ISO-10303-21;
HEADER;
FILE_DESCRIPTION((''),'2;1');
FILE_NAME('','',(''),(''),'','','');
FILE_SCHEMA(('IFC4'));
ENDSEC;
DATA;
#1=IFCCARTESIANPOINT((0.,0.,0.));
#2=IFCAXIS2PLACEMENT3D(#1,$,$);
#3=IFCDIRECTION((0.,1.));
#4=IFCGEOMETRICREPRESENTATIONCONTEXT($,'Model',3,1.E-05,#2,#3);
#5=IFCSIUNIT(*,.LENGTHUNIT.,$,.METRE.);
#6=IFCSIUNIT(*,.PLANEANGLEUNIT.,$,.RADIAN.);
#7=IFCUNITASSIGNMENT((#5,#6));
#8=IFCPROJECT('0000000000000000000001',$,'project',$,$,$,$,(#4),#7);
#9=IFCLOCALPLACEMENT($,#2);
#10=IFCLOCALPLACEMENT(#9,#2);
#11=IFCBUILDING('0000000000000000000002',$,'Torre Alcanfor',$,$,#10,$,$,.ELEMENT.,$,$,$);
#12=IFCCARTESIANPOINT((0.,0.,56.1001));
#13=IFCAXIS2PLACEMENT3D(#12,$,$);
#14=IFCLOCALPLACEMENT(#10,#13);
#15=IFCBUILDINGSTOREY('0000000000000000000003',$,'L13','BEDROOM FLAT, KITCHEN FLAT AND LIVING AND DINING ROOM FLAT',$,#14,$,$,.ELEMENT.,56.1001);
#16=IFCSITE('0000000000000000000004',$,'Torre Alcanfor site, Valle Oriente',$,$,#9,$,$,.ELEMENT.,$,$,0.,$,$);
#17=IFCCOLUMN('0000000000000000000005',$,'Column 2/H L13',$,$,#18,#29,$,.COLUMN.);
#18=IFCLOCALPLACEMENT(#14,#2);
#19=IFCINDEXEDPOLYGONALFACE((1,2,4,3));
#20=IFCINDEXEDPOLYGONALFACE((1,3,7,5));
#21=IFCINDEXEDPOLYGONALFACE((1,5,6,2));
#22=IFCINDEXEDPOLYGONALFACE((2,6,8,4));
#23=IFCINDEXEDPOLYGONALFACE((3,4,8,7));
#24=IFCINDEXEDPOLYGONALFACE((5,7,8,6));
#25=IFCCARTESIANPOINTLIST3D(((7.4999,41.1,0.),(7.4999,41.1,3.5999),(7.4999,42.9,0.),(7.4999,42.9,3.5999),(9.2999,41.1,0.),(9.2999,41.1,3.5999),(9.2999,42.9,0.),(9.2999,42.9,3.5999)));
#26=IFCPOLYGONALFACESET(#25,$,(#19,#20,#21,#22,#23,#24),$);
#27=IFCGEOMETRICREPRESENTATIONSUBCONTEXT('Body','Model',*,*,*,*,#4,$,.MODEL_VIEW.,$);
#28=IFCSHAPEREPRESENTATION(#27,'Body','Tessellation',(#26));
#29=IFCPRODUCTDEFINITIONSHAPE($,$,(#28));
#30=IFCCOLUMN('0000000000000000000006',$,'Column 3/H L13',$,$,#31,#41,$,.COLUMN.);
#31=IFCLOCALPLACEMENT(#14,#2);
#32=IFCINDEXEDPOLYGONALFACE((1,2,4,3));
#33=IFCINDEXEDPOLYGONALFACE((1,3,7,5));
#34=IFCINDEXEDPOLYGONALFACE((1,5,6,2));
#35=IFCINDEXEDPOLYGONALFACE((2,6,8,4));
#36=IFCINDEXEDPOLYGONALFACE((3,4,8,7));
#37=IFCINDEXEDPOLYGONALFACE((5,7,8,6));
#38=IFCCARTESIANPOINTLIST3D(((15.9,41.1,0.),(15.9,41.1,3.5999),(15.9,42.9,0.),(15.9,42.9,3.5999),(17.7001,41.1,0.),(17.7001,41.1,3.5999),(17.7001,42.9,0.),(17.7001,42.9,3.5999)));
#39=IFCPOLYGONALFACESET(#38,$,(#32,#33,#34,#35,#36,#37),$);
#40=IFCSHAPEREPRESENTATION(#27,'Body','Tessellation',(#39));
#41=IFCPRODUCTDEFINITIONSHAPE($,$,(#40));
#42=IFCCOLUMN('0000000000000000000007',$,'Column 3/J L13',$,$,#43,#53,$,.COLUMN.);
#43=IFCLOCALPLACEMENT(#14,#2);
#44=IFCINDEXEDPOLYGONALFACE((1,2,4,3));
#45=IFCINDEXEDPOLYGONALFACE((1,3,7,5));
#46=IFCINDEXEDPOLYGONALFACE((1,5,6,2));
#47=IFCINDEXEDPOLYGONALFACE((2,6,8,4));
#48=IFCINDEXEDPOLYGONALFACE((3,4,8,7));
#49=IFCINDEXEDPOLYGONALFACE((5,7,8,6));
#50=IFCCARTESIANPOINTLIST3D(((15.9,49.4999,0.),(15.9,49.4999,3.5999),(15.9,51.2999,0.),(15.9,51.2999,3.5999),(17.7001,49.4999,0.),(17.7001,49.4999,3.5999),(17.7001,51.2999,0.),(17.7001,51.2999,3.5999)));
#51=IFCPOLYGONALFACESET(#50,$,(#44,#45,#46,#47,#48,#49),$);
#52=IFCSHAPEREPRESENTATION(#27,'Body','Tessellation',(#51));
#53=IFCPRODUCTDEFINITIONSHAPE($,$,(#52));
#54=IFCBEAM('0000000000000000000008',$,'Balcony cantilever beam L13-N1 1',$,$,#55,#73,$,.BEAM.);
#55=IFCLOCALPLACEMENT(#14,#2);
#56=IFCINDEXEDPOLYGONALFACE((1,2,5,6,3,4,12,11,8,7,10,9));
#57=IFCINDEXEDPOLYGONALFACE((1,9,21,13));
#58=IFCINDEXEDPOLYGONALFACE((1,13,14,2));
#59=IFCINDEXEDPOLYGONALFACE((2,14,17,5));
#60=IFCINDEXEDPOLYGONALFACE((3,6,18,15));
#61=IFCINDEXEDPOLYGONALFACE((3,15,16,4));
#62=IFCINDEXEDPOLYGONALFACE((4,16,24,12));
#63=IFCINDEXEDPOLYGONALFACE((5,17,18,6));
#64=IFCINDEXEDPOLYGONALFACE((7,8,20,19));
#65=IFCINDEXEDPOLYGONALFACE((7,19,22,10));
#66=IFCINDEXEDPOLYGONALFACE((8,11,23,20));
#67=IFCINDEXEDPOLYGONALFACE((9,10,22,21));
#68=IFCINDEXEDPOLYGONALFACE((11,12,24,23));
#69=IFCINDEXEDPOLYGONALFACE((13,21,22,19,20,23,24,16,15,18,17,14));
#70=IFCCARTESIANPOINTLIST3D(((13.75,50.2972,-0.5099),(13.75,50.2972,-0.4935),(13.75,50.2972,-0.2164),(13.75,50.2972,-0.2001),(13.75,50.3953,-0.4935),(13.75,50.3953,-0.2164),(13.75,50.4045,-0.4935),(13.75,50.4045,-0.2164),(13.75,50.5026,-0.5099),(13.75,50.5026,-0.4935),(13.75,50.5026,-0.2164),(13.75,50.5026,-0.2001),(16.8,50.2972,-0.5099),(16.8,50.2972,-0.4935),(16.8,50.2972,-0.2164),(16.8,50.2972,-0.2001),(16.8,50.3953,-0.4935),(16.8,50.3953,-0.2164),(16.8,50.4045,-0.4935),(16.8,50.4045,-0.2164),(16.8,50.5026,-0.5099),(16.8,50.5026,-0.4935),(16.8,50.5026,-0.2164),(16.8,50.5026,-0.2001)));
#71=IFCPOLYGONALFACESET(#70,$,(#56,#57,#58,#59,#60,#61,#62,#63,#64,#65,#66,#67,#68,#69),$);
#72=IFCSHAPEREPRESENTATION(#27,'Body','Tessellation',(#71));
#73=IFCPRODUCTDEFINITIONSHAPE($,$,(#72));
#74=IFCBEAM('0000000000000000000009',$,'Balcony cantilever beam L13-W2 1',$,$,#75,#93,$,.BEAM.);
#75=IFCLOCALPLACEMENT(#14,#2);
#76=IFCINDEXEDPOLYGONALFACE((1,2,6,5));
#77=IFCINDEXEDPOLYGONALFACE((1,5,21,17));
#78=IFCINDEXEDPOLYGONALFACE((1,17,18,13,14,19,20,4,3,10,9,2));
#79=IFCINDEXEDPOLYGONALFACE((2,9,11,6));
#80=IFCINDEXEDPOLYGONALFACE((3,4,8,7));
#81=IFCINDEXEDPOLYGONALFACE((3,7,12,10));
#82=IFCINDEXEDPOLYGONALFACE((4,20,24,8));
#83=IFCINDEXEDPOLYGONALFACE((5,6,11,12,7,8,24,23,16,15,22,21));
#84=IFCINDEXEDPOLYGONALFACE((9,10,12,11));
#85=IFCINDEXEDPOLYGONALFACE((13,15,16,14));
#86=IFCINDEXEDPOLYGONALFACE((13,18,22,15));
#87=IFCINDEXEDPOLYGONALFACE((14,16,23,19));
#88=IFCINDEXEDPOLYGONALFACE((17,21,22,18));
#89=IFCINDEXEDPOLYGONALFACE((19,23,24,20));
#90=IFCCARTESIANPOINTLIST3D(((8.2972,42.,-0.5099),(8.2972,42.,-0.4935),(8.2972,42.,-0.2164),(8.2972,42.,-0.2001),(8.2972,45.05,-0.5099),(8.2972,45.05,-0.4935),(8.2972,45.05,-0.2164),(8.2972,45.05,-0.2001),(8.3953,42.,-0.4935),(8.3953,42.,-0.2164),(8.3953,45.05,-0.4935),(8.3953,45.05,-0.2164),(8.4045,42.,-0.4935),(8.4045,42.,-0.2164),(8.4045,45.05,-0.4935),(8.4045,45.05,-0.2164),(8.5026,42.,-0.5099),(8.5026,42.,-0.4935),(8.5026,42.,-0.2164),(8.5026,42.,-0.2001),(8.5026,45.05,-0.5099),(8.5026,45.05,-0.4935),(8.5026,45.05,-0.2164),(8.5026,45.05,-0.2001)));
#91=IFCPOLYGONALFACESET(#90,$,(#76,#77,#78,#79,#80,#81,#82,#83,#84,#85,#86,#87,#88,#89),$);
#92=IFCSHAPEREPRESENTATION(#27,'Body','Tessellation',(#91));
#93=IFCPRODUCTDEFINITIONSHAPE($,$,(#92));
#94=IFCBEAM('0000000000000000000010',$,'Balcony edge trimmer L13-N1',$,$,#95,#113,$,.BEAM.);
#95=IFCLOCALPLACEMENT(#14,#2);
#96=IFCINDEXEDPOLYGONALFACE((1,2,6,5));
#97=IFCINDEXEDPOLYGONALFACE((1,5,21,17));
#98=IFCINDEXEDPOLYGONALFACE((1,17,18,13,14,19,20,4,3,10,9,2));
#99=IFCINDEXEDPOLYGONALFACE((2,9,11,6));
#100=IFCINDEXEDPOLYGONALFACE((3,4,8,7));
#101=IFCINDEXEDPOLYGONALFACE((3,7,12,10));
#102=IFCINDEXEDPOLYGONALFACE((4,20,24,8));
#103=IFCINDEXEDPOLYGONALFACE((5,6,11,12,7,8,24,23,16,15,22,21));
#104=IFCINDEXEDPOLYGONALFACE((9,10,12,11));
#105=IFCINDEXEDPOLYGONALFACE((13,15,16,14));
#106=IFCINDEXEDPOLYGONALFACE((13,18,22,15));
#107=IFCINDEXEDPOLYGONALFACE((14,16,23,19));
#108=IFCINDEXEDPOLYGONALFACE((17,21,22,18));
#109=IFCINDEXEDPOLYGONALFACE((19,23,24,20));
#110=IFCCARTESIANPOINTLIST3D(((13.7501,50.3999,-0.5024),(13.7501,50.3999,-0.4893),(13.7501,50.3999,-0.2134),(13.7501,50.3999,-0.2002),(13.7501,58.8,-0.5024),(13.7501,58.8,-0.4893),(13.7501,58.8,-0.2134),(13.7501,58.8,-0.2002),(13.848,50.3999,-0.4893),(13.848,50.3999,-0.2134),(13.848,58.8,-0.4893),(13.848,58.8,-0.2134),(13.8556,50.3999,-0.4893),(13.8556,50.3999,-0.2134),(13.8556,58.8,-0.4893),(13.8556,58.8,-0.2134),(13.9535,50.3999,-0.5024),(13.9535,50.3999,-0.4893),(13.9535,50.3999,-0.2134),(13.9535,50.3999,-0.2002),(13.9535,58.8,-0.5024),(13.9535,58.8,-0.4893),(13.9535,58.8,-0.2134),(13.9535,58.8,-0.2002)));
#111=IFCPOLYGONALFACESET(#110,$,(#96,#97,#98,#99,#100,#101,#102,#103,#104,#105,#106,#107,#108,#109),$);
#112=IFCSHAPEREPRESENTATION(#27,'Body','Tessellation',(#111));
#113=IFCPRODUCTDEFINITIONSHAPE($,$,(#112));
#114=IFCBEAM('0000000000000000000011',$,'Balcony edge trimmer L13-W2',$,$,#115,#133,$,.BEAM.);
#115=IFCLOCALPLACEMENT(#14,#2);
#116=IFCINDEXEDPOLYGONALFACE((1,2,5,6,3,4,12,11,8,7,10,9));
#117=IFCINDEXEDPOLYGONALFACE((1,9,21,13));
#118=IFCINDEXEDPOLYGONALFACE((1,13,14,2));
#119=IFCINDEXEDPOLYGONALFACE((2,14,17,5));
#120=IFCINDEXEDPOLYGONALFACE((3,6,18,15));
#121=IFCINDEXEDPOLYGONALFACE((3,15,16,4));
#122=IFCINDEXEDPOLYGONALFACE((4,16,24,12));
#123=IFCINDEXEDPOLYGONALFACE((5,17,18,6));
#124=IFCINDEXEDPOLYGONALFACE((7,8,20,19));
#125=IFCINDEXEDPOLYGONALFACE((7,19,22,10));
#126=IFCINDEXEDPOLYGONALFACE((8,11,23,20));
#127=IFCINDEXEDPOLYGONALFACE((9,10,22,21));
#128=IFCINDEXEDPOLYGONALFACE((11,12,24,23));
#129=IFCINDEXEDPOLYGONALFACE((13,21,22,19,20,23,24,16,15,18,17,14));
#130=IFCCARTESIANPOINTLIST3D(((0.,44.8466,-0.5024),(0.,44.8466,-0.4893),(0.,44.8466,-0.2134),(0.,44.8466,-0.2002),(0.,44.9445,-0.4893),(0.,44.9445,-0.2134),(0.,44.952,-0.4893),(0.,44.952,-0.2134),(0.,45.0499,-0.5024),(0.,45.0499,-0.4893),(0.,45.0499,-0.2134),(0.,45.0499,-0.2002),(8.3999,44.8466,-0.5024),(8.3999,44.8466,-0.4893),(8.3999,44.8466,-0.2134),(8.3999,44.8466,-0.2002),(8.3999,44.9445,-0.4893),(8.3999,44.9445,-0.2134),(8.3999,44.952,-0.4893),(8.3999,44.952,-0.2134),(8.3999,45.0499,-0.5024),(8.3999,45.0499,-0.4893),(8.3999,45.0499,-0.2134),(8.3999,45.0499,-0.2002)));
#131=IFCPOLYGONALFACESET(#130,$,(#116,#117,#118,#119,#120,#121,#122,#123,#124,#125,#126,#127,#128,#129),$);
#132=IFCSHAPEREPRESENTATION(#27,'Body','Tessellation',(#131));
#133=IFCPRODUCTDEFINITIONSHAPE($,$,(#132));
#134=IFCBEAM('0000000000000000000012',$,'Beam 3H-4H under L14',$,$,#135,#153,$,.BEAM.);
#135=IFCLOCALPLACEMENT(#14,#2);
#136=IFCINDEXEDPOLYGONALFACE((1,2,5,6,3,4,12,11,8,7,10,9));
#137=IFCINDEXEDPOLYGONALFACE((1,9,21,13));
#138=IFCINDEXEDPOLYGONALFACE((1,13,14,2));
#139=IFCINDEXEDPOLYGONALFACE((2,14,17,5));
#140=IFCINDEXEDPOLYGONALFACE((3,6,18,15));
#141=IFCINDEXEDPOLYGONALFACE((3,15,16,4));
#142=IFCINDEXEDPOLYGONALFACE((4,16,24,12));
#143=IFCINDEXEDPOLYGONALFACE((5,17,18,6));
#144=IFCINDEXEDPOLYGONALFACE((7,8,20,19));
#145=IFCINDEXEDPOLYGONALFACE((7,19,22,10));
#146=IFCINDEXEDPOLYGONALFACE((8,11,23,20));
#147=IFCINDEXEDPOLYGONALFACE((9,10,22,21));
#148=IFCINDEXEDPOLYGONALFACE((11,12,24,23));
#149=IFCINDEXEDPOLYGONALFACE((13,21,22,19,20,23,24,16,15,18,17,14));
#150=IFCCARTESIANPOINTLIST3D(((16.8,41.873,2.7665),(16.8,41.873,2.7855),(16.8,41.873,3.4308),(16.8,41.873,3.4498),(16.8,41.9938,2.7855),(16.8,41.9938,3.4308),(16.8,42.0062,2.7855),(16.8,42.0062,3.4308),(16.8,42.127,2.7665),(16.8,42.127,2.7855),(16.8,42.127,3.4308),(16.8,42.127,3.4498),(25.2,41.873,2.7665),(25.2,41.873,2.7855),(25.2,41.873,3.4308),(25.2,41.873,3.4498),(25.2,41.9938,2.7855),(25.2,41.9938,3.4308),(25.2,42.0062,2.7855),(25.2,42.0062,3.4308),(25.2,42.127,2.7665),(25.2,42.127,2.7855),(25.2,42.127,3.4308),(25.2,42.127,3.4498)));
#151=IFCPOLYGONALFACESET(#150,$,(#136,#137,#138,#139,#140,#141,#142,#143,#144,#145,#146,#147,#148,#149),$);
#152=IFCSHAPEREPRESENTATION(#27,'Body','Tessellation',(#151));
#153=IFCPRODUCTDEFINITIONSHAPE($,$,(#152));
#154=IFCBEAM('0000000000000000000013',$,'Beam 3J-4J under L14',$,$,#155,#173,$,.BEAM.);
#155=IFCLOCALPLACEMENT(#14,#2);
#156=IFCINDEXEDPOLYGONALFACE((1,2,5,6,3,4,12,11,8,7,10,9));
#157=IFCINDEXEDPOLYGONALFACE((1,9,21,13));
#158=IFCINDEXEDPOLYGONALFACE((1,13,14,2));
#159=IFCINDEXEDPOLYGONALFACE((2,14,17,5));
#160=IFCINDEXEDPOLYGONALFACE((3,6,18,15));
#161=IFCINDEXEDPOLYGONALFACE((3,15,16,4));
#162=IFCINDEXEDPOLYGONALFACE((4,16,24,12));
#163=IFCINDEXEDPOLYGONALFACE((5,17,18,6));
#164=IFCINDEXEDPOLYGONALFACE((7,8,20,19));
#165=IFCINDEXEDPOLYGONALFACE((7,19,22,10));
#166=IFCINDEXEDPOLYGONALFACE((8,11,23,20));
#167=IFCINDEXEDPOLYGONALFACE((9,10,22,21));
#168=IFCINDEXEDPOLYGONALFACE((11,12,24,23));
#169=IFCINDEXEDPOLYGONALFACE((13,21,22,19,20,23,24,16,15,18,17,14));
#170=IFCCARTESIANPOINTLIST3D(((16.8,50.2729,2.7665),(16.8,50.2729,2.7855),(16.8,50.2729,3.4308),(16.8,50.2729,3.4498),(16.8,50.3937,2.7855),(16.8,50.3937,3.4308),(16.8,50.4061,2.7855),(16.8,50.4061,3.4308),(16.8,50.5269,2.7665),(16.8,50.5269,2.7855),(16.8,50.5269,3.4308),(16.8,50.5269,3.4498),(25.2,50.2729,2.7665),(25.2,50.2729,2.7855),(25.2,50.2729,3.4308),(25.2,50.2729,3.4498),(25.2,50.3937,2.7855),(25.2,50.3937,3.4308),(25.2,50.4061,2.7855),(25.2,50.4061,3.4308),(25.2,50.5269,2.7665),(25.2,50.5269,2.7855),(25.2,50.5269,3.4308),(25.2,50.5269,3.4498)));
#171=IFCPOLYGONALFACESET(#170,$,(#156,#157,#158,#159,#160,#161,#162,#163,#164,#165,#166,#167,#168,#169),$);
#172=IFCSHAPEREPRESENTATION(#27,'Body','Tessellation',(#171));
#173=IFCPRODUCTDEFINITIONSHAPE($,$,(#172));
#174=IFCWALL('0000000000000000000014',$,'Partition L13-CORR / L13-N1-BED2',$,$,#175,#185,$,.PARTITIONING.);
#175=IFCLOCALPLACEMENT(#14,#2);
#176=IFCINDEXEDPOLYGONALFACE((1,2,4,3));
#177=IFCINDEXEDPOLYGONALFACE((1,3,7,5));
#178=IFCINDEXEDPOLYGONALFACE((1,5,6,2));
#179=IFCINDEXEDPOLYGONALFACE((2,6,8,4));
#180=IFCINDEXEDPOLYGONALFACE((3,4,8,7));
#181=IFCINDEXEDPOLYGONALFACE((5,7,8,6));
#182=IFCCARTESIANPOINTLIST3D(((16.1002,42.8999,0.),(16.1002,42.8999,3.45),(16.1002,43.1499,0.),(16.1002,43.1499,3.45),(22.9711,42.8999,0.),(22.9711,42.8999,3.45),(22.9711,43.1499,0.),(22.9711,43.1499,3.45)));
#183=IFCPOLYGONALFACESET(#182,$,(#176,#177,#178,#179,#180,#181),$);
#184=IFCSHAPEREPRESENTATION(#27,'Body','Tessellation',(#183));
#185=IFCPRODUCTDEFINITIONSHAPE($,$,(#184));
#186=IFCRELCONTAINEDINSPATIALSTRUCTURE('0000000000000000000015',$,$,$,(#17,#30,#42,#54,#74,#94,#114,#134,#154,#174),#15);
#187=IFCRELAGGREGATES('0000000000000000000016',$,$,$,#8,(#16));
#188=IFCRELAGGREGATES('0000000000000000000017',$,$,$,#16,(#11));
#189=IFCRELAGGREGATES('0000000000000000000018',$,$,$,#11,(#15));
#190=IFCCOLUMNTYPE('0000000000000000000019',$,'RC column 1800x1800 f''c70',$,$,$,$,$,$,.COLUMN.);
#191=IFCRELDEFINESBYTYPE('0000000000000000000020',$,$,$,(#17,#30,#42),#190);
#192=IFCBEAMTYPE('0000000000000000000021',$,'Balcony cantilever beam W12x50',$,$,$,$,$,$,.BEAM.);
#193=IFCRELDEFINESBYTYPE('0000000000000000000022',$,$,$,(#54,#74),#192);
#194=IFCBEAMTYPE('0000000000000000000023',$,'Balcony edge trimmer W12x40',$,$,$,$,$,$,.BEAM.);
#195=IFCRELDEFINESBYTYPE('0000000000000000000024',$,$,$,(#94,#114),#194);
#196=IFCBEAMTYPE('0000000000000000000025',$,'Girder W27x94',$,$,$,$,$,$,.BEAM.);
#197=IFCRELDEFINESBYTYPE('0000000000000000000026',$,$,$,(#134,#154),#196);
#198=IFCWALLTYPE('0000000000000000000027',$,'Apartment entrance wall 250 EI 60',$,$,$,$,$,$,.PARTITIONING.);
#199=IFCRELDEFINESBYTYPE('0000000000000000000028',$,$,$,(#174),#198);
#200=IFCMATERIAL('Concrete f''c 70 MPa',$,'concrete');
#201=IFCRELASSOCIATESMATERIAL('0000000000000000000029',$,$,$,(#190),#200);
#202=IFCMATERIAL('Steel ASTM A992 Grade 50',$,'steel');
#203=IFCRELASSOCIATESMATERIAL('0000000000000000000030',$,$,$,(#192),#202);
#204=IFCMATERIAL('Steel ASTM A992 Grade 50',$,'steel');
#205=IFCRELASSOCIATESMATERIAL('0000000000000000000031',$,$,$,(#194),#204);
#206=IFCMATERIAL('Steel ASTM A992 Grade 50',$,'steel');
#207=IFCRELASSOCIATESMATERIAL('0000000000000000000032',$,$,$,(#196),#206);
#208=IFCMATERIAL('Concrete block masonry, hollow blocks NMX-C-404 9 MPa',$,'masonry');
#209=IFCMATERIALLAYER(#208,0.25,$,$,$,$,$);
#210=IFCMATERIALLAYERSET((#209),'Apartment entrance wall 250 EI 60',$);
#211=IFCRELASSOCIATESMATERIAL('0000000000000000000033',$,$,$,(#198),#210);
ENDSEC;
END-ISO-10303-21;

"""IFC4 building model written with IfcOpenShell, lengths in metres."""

from ifc_helpers import new_model, si_unit, direction, frame, frame_2d, origin, origin_2d, place, context, subcontext, project, spatial, rectangle, i_section, extrude, material, layer, layer_set, material_profile, profile_set, type_object, element, save


model = new_model("IFC4")

# Units and contexts
model_context = context("Model", 3, precision=1e-05, world=origin(), true_north=direction((0.0, 1.0)))
body_context = subcontext(model_context, "Body", "Model", "MODEL_VIEW")
ifc_project = project(units=[si_unit("LENGTHUNIT", "METRE"), si_unit("PLANEANGLEUNIT", "RADIAN")], contexts=[model_context])

# Site, building, storey
site_placement = place(None, origin())
site = spatial("IfcSite", under=ifc_project, at=site_placement, Name="Torre Alcanfor site, Valle Oriente", CompositionType="ELEMENT", RefElevation=0.0)
building_placement = place(site_placement, origin())
building = spatial("IfcBuilding", under=site, at=building_placement, Name="Torre Alcanfor", CompositionType="ELEMENT")
storey_placement = place(building_placement, frame((0.0, 0.0, 56.1001)))
storey = spatial("IfcBuildingStorey", under=building, at=storey_placement, Name="L13", Description="BEDROOM FLAT, KITCHEN FLAT AND LIVING AND DINING ROOM FLAT", CompositionType="ELEMENT", Elevation=56.1001)

# Columns
ifc_material_1 = material(Name="Concrete f'c 70 MPa", Category="concrete")
ifc_material_profile_1 = material_profile(ifc_material_1, rectangle(XDim=1.8, YDim=1.8, at=origin_2d()), Name="1800x1800")
ifc_profile_set_1 = profile_set([ifc_material_profile_1], Name="Concrete f'c 70 MPa")
column_type = type_object("IfcColumnType", Name="RC column 1800x1800 f'c70", PredefinedType="COLUMN", material=ifc_profile_set_1)
for number, where, z_axis, x_axis, name in (
    (1, (8.3999, 42.0, 0.0), (0.0, 0.0, 1.0), (1.0, 0.0, 0.0), "Column 2/H L13"),
    (2, (16.8, 42.0, 0.0), (0.0, 0.0, 1.0), (1.0, 0.0, 0.0), "Column 3/H L13"),
    (3, (16.8, 50.3999, 0.0), (0.0, 0.0, 1.0), (1.0, 0.0, 0.0), "Column 3/J L13"),
):
    element("IfcColumn", number, at=place(storey_placement, frame(where, z_axis=z_axis, x_axis=x_axis)), inside=storey, type_object=column_type, Name=name, PredefinedType="COLUMN", context=body_context, shape_type="SweptSolid", body=[
        extrude(rectangle(XDim=1.8, YDim=1.8, at=origin_2d()), origin(), (0.0, 0.0, 1.0), 3.5999),
    ])

# Beams
ifc_material_2 = material(Name="Steel ASTM A992 Grade 50", Category="steel")
ifc_material_profile_2 = material_profile(ifc_material_2, i_section(OverallWidth=0.2053, OverallDepth=0.3098, WebThickness=0.0093, FlangeThickness=0.0164, at=origin_2d()), Name="W12x50")
ifc_profile_set_2 = profile_set([ifc_material_profile_2], Name="Steel ASTM A992 Grade 50")
beam_type_1 = type_object("IfcBeamType", Name="Balcony cantilever beam W12x50", PredefinedType="BEAM", material=ifc_profile_set_2)
for number, where, z_axis, x_axis, name in (
    (4, (16.8, 50.3999, -0.355), (-1.0, 0.0, 0.0), (0.0, -1.0, 0.0), "Balcony cantilever beam L13-N1 1"),
    (5, (8.3999, 42.0, -0.355), (0.0, 1.0, 0.0), (-1.0, 0.0, 0.0), "Balcony cantilever beam L13-W2 1"),
):
    element("IfcBeam", number, at=place(storey_placement, frame(where, z_axis=z_axis, x_axis=x_axis)), inside=storey, type_object=beam_type_1, Name=name, PredefinedType="BEAM", context=body_context, shape_type="SweptSolid", body=[
        extrude(i_section(OverallWidth=0.2053, OverallDepth=0.3098, WebThickness=0.0093, FlangeThickness=0.0164, at=origin_2d()), origin(), (0.0, 0.0, 1.0), 3.05),
    ])
ifc_material_3 = material(Name="Steel ASTM A992 Grade 50", Category="steel")
ifc_material_profile_3 = material_profile(ifc_material_3, i_section(OverallWidth=0.2034, OverallDepth=0.3022, WebThickness=0.0076, FlangeThickness=0.0132, at=origin_2d()), Name="W12x40")
ifc_profile_set_3 = profile_set([ifc_material_profile_3], Name="Steel ASTM A992 Grade 50")
beam_type_2 = type_object("IfcBeamType", Name="Balcony edge trimmer W12x40", PredefinedType="BEAM", material=ifc_profile_set_3)
beam_1_placement = place(storey_placement, frame((13.8518, 50.3999, -0.3513), z_axis=(0.0, 1.0, 0.0), x_axis=(-1.0, 0.0, 0.0)))
element("IfcBeam", 6, at=beam_1_placement, inside=storey, type_object=beam_type_2, Name="Balcony edge trimmer L13-N1", PredefinedType="BEAM", context=body_context, shape_type="SweptSolid", body=[
    extrude(i_section(OverallWidth=0.2034, OverallDepth=0.3022, WebThickness=0.0076, FlangeThickness=0.0132, at=origin_2d()), origin(), (0.0, 0.0, 1.0), 8.4001),
])
beam_2_placement = place(storey_placement, frame((8.3999, 44.9482, -0.3513), z_axis=(-1.0, 0.0, 0.0), x_axis=(0.0, -1.0, 0.0)))
element("IfcBeam", 7, at=beam_2_placement, inside=storey, type_object=beam_type_2, Name="Balcony edge trimmer L13-W2", PredefinedType="BEAM", context=body_context, shape_type="SweptSolid", body=[
    extrude(i_section(OverallWidth=0.2034, OverallDepth=0.3022, WebThickness=0.0076, FlangeThickness=0.0132, at=origin_2d()), origin(), (0.0, 0.0, 1.0), 8.3999),
])
ifc_material_4 = material(Name="Steel ASTM A992 Grade 50", Category="steel")
ifc_material_profile_4 = material_profile(ifc_material_4, i_section(OverallWidth=0.2539, OverallDepth=0.6833, WebThickness=0.0125, FlangeThickness=0.019, at=origin_2d()), Name="W27x94")
ifc_profile_set_4 = profile_set([ifc_material_profile_4], Name="Steel ASTM A992 Grade 50")
beam_type_3 = type_object("IfcBeamType", Name="Girder W27x94", PredefinedType="BEAM", material=ifc_profile_set_4)
for number, where, z_axis, x_axis, name in (
    (8, (16.8, 42.0, 3.1082), (1.0, 0.0, 0.0), (0.0, 1.0, 0.0), "Beam 3H-4H under L14"),
    (9, (16.8, 50.3999, 3.1082), (1.0, 0.0, 0.0), (0.0, 1.0, 0.0), "Beam 3J-4J under L14"),
):
    element("IfcBeam", number, at=place(storey_placement, frame(where, z_axis=z_axis, x_axis=x_axis)), inside=storey, type_object=beam_type_3, Name=name, PredefinedType="BEAM", context=body_context, shape_type="SweptSolid", body=[
        extrude(i_section(OverallWidth=0.2539, OverallDepth=0.6833, WebThickness=0.0125, FlangeThickness=0.019, at=origin_2d()), origin(), (0.0, 0.0, 1.0), 8.3999),
    ])

# Wall
ifc_material_5 = material(Name="Concrete block masonry, hollow blocks NMX-C-404 9 MPa", Category="masonry")
ifc_layer_1 = layer(ifc_material_5, 0.25)
ifc_layer_set_1 = layer_set([ifc_layer_1], Name="Apartment entrance wall 250 EI 60")
wall_type_1 = type_object("IfcWallType", Name="Apartment entrance wall 250 EI 60", PredefinedType="PARTITIONING", material=ifc_layer_set_1)
wall_1_placement = place(storey_placement, frame((16.1001, 43.0249, 0.0), z_axis=(0.0, 0.0, 1.0), x_axis=(1.0, 0.0, 0.0)))
element("IfcWall", 10, at=wall_1_placement, inside=storey, type_object=wall_type_1, Name="Partition L13-CORR / L13-N1-BED2", PredefinedType="PARTITIONING", context=body_context, shape_type="SweptSolid", body=[
    extrude(rectangle(XDim=6.8708, YDim=0.25, at=frame_2d((3.4355, 0.0))), origin(), (0.0, 0.0, 1.0), 3.45),
])

save(model, "model.ifc")
